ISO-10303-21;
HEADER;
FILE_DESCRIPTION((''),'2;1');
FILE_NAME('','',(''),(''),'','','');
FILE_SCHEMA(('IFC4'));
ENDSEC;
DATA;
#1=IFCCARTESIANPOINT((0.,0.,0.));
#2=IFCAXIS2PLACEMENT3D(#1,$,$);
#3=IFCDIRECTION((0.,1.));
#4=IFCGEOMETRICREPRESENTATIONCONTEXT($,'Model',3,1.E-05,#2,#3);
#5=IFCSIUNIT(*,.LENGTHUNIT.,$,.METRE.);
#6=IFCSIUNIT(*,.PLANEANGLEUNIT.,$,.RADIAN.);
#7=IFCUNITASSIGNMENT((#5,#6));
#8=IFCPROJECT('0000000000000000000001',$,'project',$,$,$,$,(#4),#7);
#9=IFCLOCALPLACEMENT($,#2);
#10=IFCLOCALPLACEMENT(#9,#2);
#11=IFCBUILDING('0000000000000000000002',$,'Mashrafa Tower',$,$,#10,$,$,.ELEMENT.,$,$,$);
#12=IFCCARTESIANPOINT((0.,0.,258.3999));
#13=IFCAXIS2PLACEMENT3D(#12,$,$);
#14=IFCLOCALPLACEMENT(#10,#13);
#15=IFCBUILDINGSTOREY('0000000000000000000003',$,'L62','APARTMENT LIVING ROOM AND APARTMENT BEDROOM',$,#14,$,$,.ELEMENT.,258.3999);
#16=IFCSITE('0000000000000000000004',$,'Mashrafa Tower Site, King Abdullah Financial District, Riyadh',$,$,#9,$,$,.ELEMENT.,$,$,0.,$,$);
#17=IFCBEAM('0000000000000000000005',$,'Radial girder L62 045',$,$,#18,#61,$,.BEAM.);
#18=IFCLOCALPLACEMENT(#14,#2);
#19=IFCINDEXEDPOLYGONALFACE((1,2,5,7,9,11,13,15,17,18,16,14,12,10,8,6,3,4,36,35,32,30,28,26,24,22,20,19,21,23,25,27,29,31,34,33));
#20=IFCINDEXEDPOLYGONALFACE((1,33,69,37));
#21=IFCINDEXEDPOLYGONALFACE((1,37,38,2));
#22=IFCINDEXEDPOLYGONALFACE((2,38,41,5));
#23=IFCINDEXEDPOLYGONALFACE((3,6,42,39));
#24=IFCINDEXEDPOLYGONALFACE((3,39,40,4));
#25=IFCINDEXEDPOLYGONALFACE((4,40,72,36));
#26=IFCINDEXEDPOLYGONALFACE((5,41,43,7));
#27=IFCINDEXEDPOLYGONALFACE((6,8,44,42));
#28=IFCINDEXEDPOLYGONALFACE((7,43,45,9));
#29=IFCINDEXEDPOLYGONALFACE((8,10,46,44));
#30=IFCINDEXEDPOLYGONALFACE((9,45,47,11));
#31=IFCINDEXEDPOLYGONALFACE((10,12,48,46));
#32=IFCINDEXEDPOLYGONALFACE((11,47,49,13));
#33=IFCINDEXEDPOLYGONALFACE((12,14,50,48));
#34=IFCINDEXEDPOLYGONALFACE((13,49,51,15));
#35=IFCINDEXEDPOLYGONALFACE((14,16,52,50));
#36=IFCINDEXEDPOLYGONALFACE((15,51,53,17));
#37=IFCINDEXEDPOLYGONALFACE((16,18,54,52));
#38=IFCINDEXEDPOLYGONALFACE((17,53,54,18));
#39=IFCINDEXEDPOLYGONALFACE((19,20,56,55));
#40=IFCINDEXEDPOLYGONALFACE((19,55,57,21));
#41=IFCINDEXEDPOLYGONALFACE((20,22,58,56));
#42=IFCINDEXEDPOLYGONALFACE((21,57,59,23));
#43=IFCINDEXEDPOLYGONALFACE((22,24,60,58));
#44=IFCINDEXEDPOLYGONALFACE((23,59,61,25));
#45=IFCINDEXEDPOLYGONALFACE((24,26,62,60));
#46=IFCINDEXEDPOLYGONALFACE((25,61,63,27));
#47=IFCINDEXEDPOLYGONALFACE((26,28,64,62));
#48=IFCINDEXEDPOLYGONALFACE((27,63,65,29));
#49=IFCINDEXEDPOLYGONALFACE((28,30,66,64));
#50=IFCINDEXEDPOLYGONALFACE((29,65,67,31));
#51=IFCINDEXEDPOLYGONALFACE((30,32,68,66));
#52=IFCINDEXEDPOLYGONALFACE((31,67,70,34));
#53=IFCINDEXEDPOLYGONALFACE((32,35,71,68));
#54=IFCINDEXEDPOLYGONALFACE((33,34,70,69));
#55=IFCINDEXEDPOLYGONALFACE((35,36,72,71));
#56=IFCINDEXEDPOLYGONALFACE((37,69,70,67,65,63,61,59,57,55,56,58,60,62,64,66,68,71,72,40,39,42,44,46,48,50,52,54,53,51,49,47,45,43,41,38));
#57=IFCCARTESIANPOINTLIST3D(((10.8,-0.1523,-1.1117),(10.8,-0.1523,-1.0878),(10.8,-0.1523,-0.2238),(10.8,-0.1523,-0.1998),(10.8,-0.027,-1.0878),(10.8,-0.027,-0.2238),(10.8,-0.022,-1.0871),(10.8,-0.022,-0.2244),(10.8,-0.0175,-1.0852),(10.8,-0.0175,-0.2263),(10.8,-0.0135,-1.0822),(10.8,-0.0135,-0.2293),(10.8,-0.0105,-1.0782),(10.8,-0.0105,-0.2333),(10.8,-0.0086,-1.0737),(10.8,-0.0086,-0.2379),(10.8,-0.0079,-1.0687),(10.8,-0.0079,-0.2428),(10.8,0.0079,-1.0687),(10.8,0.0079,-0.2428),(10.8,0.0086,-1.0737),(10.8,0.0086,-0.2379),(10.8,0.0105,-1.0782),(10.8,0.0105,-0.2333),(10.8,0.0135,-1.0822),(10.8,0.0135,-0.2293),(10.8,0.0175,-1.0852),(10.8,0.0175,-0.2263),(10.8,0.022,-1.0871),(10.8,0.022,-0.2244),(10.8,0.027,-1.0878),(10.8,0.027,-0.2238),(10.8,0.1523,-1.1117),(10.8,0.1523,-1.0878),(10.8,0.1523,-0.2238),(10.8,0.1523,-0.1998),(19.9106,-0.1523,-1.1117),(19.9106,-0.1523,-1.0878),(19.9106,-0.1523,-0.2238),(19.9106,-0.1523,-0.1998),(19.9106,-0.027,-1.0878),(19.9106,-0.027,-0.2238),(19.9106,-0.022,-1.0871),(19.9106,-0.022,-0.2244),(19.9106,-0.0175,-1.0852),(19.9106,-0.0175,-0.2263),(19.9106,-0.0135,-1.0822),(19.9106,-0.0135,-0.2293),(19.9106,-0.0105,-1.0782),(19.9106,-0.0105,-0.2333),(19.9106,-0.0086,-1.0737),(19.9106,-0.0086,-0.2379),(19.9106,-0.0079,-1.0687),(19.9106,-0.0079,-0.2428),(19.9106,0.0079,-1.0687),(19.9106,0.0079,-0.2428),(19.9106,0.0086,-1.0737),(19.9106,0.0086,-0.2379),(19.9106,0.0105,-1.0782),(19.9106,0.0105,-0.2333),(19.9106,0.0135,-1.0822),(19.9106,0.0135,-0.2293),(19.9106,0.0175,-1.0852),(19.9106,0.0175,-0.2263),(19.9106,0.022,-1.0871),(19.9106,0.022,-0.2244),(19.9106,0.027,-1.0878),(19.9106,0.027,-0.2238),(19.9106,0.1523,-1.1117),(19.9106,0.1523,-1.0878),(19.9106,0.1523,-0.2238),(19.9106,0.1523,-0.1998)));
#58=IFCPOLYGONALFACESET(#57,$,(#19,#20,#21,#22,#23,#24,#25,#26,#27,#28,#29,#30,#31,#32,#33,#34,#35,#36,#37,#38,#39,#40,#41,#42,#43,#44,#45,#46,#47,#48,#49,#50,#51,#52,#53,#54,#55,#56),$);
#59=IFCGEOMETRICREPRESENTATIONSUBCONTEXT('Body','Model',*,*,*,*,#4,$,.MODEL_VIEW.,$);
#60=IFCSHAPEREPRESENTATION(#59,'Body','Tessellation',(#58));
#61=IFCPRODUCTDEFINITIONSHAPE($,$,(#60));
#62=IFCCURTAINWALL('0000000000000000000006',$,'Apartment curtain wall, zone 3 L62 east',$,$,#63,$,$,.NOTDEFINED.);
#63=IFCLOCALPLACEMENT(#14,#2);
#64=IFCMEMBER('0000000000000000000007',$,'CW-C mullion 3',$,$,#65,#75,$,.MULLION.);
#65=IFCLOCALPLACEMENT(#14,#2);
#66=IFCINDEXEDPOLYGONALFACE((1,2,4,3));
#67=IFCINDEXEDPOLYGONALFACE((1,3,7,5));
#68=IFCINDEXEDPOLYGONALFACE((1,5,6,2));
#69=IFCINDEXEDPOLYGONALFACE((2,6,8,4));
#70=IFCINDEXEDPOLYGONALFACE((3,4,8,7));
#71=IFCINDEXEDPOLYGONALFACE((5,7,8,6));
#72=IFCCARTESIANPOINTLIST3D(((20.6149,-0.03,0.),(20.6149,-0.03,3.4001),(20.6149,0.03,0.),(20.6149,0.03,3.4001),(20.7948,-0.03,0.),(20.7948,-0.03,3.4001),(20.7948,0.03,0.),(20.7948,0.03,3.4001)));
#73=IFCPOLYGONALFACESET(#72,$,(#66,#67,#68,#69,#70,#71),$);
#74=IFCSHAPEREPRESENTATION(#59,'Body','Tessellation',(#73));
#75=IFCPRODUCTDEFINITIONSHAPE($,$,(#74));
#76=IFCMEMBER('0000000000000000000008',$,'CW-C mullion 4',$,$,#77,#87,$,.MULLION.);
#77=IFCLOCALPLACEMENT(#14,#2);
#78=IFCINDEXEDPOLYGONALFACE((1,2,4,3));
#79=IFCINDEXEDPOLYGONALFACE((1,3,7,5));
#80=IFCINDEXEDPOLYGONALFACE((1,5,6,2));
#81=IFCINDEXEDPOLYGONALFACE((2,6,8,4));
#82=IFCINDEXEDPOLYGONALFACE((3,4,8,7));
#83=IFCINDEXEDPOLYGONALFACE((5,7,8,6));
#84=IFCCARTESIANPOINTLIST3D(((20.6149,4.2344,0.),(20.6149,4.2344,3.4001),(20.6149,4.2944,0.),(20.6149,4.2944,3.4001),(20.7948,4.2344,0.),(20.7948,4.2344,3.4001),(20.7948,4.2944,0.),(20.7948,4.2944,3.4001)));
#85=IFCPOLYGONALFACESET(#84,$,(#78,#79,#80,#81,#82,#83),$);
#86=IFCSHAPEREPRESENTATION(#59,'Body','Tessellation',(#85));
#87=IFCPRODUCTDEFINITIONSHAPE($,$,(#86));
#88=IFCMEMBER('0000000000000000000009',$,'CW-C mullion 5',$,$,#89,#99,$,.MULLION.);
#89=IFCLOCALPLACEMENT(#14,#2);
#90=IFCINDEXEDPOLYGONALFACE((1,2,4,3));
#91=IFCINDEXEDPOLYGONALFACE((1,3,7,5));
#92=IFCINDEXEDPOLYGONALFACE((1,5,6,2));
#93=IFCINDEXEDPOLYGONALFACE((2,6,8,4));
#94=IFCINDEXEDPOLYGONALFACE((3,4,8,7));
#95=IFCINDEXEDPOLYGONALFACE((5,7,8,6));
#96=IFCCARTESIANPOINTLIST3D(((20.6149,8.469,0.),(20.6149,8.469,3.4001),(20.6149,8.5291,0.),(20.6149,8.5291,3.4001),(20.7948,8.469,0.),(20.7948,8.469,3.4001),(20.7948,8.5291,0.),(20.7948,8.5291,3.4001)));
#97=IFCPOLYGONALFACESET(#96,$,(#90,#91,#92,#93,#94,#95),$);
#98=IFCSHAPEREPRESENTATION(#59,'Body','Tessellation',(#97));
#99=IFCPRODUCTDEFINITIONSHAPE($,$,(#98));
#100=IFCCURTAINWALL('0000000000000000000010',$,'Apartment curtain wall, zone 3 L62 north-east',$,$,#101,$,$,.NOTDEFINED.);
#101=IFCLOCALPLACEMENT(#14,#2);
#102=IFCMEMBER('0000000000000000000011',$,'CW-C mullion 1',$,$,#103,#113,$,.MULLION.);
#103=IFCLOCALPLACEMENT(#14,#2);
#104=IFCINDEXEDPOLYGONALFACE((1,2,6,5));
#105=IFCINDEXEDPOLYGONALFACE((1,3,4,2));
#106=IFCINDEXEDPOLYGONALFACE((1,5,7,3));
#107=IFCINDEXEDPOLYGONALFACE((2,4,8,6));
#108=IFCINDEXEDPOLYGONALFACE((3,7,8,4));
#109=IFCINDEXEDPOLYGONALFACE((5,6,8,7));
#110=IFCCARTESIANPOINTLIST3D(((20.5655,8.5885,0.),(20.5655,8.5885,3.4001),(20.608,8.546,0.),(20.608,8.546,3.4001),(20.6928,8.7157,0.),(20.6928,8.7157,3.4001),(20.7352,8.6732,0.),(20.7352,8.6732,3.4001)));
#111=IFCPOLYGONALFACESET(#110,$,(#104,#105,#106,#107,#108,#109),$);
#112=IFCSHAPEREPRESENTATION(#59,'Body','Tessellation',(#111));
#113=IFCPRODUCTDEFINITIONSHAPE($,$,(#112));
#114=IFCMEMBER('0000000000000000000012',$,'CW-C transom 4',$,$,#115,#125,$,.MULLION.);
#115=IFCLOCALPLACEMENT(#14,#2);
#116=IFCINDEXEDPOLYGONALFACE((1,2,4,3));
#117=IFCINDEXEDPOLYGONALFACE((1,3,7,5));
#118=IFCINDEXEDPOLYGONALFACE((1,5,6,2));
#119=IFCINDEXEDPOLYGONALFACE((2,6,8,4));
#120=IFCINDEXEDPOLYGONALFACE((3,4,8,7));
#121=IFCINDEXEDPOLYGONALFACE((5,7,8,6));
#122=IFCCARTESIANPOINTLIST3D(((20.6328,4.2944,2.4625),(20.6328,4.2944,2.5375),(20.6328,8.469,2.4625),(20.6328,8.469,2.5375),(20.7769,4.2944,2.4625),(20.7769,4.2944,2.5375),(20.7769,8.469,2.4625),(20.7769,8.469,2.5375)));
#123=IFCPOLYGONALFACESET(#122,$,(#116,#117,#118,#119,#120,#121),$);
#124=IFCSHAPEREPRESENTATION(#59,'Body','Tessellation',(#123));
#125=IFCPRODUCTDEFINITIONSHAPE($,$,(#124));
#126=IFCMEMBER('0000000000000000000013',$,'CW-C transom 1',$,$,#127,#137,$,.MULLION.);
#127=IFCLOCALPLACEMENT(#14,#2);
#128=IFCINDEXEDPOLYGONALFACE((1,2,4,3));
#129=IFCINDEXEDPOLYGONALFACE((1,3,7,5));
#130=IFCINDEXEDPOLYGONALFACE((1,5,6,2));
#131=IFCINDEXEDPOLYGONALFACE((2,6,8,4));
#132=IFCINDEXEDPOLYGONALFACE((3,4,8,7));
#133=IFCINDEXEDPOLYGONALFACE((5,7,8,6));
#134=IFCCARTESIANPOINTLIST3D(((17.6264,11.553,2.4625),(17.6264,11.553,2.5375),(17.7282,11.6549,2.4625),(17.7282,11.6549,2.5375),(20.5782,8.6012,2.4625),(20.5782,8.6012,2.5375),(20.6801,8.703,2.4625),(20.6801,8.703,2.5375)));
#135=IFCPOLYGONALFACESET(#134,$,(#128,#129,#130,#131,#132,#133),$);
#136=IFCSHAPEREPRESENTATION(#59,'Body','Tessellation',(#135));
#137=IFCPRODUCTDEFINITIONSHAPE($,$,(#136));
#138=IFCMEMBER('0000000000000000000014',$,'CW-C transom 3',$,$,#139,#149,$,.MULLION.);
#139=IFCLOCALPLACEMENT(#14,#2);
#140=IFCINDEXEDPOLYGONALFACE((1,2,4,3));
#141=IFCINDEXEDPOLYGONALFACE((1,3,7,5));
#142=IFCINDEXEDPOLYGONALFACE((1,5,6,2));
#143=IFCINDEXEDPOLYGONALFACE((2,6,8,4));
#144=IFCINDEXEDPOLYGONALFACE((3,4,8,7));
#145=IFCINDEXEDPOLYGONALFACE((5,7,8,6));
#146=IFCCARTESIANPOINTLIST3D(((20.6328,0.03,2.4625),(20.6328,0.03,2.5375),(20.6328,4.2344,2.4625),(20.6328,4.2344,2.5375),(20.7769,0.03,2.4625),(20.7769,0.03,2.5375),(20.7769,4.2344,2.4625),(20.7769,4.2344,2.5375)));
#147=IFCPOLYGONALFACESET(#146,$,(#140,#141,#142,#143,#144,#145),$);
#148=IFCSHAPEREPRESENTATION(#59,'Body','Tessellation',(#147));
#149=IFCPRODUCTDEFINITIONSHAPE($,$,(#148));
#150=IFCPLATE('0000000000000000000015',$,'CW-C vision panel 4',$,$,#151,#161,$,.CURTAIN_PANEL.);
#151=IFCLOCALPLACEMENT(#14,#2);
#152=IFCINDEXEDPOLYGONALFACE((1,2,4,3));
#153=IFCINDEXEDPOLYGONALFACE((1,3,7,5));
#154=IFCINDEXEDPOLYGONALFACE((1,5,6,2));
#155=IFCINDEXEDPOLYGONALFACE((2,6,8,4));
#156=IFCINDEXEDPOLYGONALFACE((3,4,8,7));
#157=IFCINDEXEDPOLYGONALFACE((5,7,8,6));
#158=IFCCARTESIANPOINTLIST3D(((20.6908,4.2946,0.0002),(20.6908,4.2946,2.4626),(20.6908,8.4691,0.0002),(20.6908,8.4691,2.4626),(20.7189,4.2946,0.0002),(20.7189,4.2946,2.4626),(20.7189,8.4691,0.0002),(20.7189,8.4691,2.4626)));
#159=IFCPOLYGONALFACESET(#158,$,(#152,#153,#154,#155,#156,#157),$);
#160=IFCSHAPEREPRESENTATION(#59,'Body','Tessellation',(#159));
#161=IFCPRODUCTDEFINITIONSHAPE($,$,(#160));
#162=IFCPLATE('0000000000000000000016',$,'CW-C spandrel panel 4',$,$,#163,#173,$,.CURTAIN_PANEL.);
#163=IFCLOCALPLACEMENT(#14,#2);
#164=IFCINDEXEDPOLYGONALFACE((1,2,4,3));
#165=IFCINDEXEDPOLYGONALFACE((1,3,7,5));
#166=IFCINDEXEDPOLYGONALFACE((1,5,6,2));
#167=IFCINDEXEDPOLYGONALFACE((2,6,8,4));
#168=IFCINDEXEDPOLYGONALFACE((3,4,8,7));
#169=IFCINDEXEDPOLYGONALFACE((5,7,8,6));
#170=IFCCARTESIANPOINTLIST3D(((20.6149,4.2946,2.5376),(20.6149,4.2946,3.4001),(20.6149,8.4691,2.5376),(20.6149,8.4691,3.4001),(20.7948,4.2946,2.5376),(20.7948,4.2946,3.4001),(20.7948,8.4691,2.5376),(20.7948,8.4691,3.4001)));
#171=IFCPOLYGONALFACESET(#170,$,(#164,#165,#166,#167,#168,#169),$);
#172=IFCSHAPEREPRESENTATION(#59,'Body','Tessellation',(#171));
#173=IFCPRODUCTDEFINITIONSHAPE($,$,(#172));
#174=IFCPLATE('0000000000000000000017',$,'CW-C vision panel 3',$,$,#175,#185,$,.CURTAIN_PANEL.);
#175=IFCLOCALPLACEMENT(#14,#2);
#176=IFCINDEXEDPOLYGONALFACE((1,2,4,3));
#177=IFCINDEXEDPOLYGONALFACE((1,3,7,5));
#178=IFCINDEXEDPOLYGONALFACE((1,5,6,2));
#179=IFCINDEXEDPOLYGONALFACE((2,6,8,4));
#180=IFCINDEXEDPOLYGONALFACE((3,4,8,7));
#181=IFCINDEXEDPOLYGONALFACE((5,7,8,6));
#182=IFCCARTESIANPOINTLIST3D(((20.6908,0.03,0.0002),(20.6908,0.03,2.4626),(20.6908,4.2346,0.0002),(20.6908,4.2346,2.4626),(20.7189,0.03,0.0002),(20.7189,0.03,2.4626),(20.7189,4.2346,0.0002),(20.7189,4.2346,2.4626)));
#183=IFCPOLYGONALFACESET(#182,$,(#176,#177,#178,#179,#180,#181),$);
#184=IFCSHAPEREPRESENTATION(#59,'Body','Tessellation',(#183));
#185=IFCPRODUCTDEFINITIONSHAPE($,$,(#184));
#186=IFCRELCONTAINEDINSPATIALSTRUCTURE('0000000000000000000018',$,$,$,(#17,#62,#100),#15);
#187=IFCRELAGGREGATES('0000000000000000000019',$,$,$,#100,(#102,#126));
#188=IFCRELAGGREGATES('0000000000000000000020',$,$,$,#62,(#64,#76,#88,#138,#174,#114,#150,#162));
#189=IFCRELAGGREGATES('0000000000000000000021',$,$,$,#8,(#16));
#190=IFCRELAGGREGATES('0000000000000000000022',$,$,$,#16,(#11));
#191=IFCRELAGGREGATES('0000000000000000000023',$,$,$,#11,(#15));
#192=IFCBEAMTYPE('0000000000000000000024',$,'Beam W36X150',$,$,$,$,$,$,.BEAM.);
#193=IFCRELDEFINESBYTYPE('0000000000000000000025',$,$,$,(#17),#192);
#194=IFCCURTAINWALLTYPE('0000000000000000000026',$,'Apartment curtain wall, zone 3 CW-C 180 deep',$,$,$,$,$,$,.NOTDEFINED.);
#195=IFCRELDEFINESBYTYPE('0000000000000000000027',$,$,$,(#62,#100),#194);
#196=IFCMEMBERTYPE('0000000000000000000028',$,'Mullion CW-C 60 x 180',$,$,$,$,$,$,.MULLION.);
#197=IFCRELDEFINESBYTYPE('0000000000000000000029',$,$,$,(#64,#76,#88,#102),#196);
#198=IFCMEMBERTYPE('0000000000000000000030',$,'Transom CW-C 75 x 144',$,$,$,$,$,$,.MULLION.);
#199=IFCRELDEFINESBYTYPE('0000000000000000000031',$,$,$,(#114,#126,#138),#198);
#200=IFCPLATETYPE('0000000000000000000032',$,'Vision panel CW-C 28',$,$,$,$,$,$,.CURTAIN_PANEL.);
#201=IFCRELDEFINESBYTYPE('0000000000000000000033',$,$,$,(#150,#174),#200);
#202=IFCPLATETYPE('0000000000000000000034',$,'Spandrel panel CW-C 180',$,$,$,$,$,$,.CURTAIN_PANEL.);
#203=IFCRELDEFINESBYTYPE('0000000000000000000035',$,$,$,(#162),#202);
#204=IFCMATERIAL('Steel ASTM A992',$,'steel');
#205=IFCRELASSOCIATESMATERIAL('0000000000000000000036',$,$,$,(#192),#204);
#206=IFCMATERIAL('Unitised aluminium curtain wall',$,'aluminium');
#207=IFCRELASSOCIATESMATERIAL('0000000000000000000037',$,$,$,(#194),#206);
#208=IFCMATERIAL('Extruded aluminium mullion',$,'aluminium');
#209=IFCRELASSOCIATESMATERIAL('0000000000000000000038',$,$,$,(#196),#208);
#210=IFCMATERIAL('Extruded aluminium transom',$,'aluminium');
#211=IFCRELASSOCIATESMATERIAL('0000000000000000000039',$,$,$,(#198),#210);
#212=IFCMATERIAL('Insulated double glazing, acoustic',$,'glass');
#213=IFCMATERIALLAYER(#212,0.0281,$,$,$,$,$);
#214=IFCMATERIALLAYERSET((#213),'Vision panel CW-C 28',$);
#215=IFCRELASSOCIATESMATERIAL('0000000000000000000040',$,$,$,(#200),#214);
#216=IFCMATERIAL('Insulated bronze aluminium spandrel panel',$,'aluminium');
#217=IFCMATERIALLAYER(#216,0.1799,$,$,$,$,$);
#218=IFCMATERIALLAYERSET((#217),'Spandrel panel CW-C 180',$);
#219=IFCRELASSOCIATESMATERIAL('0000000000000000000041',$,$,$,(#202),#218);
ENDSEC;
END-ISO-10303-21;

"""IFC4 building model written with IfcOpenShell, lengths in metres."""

from ifc_helpers import new_model, si_unit, direction, frame, origin, origin_2d, place, context, subcontext, project, spatial, rectangle, i_section, extrude, source, transform, mapped, material, layer, layer_set, material_profile, profile_set, type_object, type_shapes, element, aggregate, save


model = new_model("IFC4")

# Units and contexts
model_context = context("Model", 3, precision=1e-05, world=origin(), true_north=direction((0.0, 1.0)))
body_context = subcontext(model_context, "Body", "Model", "MODEL_VIEW")
ifc_project = project(units=[si_unit("LENGTHUNIT", "METRE"), si_unit("PLANEANGLEUNIT", "RADIAN")], contexts=[model_context])

# Site, building, storey
site_placement = place(None, origin())
site = spatial("IfcSite", under=ifc_project, at=site_placement, Name="Mashrafa Tower Site, King Abdullah Financial District, Riyadh", CompositionType="ELEMENT", RefElevation=0.0)
building_placement = place(site_placement, origin())
building = spatial("IfcBuilding", under=site, at=building_placement, Name="Mashrafa Tower", CompositionType="ELEMENT")
storey_placement = place(building_placement, frame((0.0, 0.0, 258.3999)))
storey = spatial("IfcBuildingStorey", under=building, at=storey_placement, Name="L62", Description="APARTMENT LIVING ROOM AND APARTMENT BEDROOM", CompositionType="ELEMENT", Elevation=258.3999)

# Beam
ifc_material_1 = material(Name="Steel ASTM A992", Category="steel")
ifc_material_profile_1 = material_profile(ifc_material_1, i_section(OverallWidth=0.3047, OverallDepth=0.9119, WebThickness=0.0159, FlangeThickness=0.0239, FilletRadius=0.019, at=origin_2d()), Name="W36X150")
ifc_profile_set_1 = profile_set([ifc_material_profile_1], Name="Steel ASTM A992")
beam_type_1 = type_object("IfcBeamType", Name="Beam W36X150", PredefinedType="BEAM", material=ifc_profile_set_1)
beam_1_placement = place(storey_placement, frame((10.8, 0.0, -0.6558), z_axis=(1.0, 0.0, 0.0), x_axis=(0.0, 1.0, 0.0)))
element("IfcBeam", 1, at=beam_1_placement, inside=storey, type_object=beam_type_1, Name="Radial girder L62 045", PredefinedType="BEAM", context=body_context, shape_type="SweptSolid", body=[
    extrude(i_section(OverallWidth=0.3047, OverallDepth=0.9119, WebThickness=0.0159, FlangeThickness=0.0239, FilletRadius=0.019, at=origin_2d()), origin(), (0.0, 0.0, 1.0), 9.1106),
])

# Curtain wall, members
ifc_material_2 = material(Name="Unitised aluminium curtain wall", Category="aluminium")
curtain_wall_type = type_object("IfcCurtainWallType", Name="Apartment curtain wall, zone 3 CW-C 180 deep", PredefinedType="NOTDEFINED", material=ifc_material_2)
curtain_wall_1_placement = place(storey_placement, origin())
curtain_wall_1 = element("IfcCurtainWall", 2, at=curtain_wall_1_placement, inside=storey, type_object=curtain_wall_type, Name="Apartment curtain wall, zone 3 L62 east", PredefinedType="NOTDEFINED")
ifc_material_3 = material(Name="Extruded aluminium mullion", Category="aluminium")
ifc_material_profile_2 = material_profile(ifc_material_3, rectangle(XDim=0.1799, YDim=0.0601, at=origin_2d()), Name="Mullion 60x180")
ifc_profile_set_2 = profile_set([ifc_material_profile_2], Name="Extruded aluminium mullion")
member_type_1 = type_object("IfcMemberType", Name="Mullion CW-C 60 x 180", PredefinedType="MULLION", material=ifc_profile_set_2)
shared_shape_1 = source(origin(), body_context, "Body", "SweptSolid", [
    extrude(rectangle(XDim=0.1799, YDim=0.0601, at=origin_2d()), origin(), (0.0, 0.0, 1.0), 3.4001),
])
type_shapes(member_type_1, [shared_shape_1])
member_1_placement = place(storey_placement, frame((20.7048, 0.0, 0.0), z_axis=(0.0, 0.0, 1.0), x_axis=(-1.0, 0.0, 0.0)))
member_1 = element("IfcMember", 3, at=member_1_placement, type_object=member_type_1, Name="CW-C mullion 3", PredefinedType="MULLION", context=body_context, shape_type="MappedRepresentation", body=[
    mapped(shared_shape_1, transform((0.0, 0.0, 0.0))),
])
member_2_placement = place(storey_placement, frame((20.7048, 4.2644, 0.0), z_axis=(0.0, 0.0, 1.0), x_axis=(-1.0, 0.0, 0.0)))
member_2 = element("IfcMember", 4, at=member_2_placement, type_object=member_type_1, Name="CW-C mullion 4", PredefinedType="MULLION", context=body_context, shape_type="MappedRepresentation", body=[
    mapped(shared_shape_1, transform((0.0, 0.0, 0.0))),
])
member_3_placement = place(storey_placement, frame((20.7048, 8.499, 0.0), z_axis=(0.0, 0.0, 1.0), x_axis=(-1.0, 0.0, 0.0)))
member_3 = element("IfcMember", 5, at=member_3_placement, type_object=member_type_1, Name="CW-C mullion 5", PredefinedType="MULLION", context=body_context, shape_type="MappedRepresentation", body=[
    mapped(shared_shape_1, transform((0.0, 0.0, 0.0))),
])

# Curtain wall, member
curtain_wall_2_placement = place(storey_placement, origin())
curtain_wall_2 = element("IfcCurtainWall", 6, at=curtain_wall_2_placement, inside=storey, type_object=curtain_wall_type, Name="Apartment curtain wall, zone 3 L62 north-east", PredefinedType="NOTDEFINED")
member_4_placement = place(storey_placement, frame((20.6504, 8.6309, 0.0), z_axis=(0.0, 0.0, 1.0), x_axis=(-0.707107, -0.707107, 0.0)))
member_4 = element("IfcMember", 7, at=member_4_placement, type_object=member_type_1, Name="CW-C mullion 1", PredefinedType="MULLION", context=body_context, shape_type="MappedRepresentation", body=[
    mapped(shared_shape_1, transform((0.0, 0.0, 0.0))),
])

# Members
ifc_material_4 = material(Name="Extruded aluminium transom", Category="aluminium")
ifc_material_profile_3 = material_profile(ifc_material_4, rectangle(XDim=0.144, YDim=0.075, at=origin_2d()), Name="Transom 75x144")
ifc_profile_set_3 = profile_set([ifc_material_profile_3], Name="Extruded aluminium transom")
member_type_2 = type_object("IfcMemberType", Name="Transom CW-C 75 x 144", PredefinedType="MULLION", material=ifc_profile_set_3)
shared_shape_2 = source(origin(), body_context, "Body", "SweptSolid", [
    extrude(rectangle(XDim=0.144, YDim=0.075, at=origin_2d()), origin(), (0.0, 0.0, 1.0), 4.1746),
])
member_5_placement = place(storey_placement, frame((20.7048, 4.2944, 2.5), z_axis=(0.0, 1.0, 0.0), x_axis=(-1.0, 0.0, 0.0)))
member_5 = element("IfcMember", 8, at=member_5_placement, type_object=member_type_2, Name="CW-C transom 4", PredefinedType="MULLION", context=body_context, shape_type="MappedRepresentation", body=[
    mapped(shared_shape_2, transform((0.0, 0.0, 0.0))),
])
member_6_placement = place(storey_placement, frame((20.6292, 8.6521, 2.5), z_axis=(-0.707107, 0.707107, 0.0), x_axis=(-0.707107, -0.707107, 0.0)))
member_6 = element("IfcMember", 9, at=member_6_placement, type_object=member_type_2, Name="CW-C transom 1", PredefinedType="MULLION", context=body_context, shape_type="MappedRepresentation", body=[
    mapped(shared_shape_2, transform((0.0, 0.0, 0.0))),
])
aggregate(curtain_wall_2, [member_4, member_6])
shared_shape_3 = source(origin(), body_context, "Body", "SweptSolid", [
    extrude(rectangle(XDim=0.144, YDim=0.075, at=origin_2d()), origin(), (0.0, 0.0, 1.0), 4.2043),
])
type_shapes(member_type_2, [shared_shape_2, shared_shape_3])
member_7_placement = place(storey_placement, frame((20.7048, 0.03, 2.5), z_axis=(0.0, 1.0, 0.0), x_axis=(-1.0, 0.0, 0.0)))
member_7 = element("IfcMember", 10, at=member_7_placement, type_object=member_type_2, Name="CW-C transom 3", PredefinedType="MULLION", context=body_context, shape_type="MappedRepresentation", body=[
    mapped(shared_shape_3, transform((0.0, 0.0, 0.0))),
])

# Plates
ifc_material_5 = material(Name="Insulated double glazing, acoustic", Category="glass")
ifc_layer_1 = layer(ifc_material_5, 0.0281)
ifc_layer_set_1 = layer_set([ifc_layer_1], Name="Vision panel CW-C 28")
plate_type_1 = type_object("IfcPlateType", Name="Vision panel CW-C 28", PredefinedType="CURTAIN_PANEL", material=ifc_layer_set_1)
shared_shape_4 = source(origin(), body_context, "Body", "SweptSolid", [
    extrude(rectangle(XDim=4.1746, YDim=0.0281, at=origin_2d()), origin(), (0.0, 0.0, 1.0), 2.4624),
])
plate_1_placement = place(storey_placement, frame((20.7048, 6.3818, 0.0002), z_axis=(0.0, 0.0, 1.0), x_axis=(0.0, 1.0, 0.0)))
plate_1 = element("IfcPlate", 11, at=plate_1_placement, type_object=plate_type_1, Name="CW-C vision panel 4", PredefinedType="CURTAIN_PANEL", context=body_context, shape_type="MappedRepresentation", body=[
    mapped(shared_shape_4, transform((0.0, 0.0, 0.0))),
])
ifc_material_6 = material(Name="Insulated bronze aluminium spandrel panel", Category="aluminium")
ifc_layer_2 = layer(ifc_material_6, 0.1799)
ifc_layer_set_2 = layer_set([ifc_layer_2], Name="Spandrel panel CW-C 180")
plate_type_2 = type_object("IfcPlateType", Name="Spandrel panel CW-C 180", PredefinedType="CURTAIN_PANEL", material=ifc_layer_set_2)
shared_shape_5 = source(origin(), body_context, "Body", "SweptSolid", [
    extrude(rectangle(XDim=4.1746, YDim=0.1799, at=origin_2d()), origin(), (0.0, 0.0, 1.0), 0.8625),
])
plate_2_placement = place(storey_placement, frame((20.7048, 6.3818, 2.5376), z_axis=(0.0, 0.0, 1.0), x_axis=(0.0, 1.0, 0.0)))
plate_2 = element("IfcPlate", 12, at=plate_2_placement, type_object=plate_type_2, Name="CW-C spandrel panel 4", PredefinedType="CURTAIN_PANEL", context=body_context, shape_type="MappedRepresentation", body=[
    mapped(shared_shape_5, transform((0.0, 0.0, 0.0))),
])
shared_shape_6 = source(origin(), body_context, "Body", "SweptSolid", [
    extrude(rectangle(XDim=4.2046, YDim=0.0281, at=origin_2d()), origin(), (0.0, 0.0, 1.0), 2.4624),
])
type_shapes(plate_type_1, [shared_shape_4, shared_shape_6])
plate_3_placement = place(storey_placement, frame((20.7048, 2.1323, 0.0002), z_axis=(0.0, 0.0, 1.0), x_axis=(0.0, 1.0, 0.0)))
plate_3 = element("IfcPlate", 13, at=plate_3_placement, type_object=plate_type_1, Name="CW-C vision panel 3", PredefinedType="CURTAIN_PANEL", context=body_context, shape_type="MappedRepresentation", body=[
    mapped(shared_shape_6, transform((0.0, 0.0, 0.0))),
])
aggregate(curtain_wall_1, [member_1, member_2, member_3, member_7, plate_3, member_5, plate_1, plate_2])

save(model, "model.ifc")
